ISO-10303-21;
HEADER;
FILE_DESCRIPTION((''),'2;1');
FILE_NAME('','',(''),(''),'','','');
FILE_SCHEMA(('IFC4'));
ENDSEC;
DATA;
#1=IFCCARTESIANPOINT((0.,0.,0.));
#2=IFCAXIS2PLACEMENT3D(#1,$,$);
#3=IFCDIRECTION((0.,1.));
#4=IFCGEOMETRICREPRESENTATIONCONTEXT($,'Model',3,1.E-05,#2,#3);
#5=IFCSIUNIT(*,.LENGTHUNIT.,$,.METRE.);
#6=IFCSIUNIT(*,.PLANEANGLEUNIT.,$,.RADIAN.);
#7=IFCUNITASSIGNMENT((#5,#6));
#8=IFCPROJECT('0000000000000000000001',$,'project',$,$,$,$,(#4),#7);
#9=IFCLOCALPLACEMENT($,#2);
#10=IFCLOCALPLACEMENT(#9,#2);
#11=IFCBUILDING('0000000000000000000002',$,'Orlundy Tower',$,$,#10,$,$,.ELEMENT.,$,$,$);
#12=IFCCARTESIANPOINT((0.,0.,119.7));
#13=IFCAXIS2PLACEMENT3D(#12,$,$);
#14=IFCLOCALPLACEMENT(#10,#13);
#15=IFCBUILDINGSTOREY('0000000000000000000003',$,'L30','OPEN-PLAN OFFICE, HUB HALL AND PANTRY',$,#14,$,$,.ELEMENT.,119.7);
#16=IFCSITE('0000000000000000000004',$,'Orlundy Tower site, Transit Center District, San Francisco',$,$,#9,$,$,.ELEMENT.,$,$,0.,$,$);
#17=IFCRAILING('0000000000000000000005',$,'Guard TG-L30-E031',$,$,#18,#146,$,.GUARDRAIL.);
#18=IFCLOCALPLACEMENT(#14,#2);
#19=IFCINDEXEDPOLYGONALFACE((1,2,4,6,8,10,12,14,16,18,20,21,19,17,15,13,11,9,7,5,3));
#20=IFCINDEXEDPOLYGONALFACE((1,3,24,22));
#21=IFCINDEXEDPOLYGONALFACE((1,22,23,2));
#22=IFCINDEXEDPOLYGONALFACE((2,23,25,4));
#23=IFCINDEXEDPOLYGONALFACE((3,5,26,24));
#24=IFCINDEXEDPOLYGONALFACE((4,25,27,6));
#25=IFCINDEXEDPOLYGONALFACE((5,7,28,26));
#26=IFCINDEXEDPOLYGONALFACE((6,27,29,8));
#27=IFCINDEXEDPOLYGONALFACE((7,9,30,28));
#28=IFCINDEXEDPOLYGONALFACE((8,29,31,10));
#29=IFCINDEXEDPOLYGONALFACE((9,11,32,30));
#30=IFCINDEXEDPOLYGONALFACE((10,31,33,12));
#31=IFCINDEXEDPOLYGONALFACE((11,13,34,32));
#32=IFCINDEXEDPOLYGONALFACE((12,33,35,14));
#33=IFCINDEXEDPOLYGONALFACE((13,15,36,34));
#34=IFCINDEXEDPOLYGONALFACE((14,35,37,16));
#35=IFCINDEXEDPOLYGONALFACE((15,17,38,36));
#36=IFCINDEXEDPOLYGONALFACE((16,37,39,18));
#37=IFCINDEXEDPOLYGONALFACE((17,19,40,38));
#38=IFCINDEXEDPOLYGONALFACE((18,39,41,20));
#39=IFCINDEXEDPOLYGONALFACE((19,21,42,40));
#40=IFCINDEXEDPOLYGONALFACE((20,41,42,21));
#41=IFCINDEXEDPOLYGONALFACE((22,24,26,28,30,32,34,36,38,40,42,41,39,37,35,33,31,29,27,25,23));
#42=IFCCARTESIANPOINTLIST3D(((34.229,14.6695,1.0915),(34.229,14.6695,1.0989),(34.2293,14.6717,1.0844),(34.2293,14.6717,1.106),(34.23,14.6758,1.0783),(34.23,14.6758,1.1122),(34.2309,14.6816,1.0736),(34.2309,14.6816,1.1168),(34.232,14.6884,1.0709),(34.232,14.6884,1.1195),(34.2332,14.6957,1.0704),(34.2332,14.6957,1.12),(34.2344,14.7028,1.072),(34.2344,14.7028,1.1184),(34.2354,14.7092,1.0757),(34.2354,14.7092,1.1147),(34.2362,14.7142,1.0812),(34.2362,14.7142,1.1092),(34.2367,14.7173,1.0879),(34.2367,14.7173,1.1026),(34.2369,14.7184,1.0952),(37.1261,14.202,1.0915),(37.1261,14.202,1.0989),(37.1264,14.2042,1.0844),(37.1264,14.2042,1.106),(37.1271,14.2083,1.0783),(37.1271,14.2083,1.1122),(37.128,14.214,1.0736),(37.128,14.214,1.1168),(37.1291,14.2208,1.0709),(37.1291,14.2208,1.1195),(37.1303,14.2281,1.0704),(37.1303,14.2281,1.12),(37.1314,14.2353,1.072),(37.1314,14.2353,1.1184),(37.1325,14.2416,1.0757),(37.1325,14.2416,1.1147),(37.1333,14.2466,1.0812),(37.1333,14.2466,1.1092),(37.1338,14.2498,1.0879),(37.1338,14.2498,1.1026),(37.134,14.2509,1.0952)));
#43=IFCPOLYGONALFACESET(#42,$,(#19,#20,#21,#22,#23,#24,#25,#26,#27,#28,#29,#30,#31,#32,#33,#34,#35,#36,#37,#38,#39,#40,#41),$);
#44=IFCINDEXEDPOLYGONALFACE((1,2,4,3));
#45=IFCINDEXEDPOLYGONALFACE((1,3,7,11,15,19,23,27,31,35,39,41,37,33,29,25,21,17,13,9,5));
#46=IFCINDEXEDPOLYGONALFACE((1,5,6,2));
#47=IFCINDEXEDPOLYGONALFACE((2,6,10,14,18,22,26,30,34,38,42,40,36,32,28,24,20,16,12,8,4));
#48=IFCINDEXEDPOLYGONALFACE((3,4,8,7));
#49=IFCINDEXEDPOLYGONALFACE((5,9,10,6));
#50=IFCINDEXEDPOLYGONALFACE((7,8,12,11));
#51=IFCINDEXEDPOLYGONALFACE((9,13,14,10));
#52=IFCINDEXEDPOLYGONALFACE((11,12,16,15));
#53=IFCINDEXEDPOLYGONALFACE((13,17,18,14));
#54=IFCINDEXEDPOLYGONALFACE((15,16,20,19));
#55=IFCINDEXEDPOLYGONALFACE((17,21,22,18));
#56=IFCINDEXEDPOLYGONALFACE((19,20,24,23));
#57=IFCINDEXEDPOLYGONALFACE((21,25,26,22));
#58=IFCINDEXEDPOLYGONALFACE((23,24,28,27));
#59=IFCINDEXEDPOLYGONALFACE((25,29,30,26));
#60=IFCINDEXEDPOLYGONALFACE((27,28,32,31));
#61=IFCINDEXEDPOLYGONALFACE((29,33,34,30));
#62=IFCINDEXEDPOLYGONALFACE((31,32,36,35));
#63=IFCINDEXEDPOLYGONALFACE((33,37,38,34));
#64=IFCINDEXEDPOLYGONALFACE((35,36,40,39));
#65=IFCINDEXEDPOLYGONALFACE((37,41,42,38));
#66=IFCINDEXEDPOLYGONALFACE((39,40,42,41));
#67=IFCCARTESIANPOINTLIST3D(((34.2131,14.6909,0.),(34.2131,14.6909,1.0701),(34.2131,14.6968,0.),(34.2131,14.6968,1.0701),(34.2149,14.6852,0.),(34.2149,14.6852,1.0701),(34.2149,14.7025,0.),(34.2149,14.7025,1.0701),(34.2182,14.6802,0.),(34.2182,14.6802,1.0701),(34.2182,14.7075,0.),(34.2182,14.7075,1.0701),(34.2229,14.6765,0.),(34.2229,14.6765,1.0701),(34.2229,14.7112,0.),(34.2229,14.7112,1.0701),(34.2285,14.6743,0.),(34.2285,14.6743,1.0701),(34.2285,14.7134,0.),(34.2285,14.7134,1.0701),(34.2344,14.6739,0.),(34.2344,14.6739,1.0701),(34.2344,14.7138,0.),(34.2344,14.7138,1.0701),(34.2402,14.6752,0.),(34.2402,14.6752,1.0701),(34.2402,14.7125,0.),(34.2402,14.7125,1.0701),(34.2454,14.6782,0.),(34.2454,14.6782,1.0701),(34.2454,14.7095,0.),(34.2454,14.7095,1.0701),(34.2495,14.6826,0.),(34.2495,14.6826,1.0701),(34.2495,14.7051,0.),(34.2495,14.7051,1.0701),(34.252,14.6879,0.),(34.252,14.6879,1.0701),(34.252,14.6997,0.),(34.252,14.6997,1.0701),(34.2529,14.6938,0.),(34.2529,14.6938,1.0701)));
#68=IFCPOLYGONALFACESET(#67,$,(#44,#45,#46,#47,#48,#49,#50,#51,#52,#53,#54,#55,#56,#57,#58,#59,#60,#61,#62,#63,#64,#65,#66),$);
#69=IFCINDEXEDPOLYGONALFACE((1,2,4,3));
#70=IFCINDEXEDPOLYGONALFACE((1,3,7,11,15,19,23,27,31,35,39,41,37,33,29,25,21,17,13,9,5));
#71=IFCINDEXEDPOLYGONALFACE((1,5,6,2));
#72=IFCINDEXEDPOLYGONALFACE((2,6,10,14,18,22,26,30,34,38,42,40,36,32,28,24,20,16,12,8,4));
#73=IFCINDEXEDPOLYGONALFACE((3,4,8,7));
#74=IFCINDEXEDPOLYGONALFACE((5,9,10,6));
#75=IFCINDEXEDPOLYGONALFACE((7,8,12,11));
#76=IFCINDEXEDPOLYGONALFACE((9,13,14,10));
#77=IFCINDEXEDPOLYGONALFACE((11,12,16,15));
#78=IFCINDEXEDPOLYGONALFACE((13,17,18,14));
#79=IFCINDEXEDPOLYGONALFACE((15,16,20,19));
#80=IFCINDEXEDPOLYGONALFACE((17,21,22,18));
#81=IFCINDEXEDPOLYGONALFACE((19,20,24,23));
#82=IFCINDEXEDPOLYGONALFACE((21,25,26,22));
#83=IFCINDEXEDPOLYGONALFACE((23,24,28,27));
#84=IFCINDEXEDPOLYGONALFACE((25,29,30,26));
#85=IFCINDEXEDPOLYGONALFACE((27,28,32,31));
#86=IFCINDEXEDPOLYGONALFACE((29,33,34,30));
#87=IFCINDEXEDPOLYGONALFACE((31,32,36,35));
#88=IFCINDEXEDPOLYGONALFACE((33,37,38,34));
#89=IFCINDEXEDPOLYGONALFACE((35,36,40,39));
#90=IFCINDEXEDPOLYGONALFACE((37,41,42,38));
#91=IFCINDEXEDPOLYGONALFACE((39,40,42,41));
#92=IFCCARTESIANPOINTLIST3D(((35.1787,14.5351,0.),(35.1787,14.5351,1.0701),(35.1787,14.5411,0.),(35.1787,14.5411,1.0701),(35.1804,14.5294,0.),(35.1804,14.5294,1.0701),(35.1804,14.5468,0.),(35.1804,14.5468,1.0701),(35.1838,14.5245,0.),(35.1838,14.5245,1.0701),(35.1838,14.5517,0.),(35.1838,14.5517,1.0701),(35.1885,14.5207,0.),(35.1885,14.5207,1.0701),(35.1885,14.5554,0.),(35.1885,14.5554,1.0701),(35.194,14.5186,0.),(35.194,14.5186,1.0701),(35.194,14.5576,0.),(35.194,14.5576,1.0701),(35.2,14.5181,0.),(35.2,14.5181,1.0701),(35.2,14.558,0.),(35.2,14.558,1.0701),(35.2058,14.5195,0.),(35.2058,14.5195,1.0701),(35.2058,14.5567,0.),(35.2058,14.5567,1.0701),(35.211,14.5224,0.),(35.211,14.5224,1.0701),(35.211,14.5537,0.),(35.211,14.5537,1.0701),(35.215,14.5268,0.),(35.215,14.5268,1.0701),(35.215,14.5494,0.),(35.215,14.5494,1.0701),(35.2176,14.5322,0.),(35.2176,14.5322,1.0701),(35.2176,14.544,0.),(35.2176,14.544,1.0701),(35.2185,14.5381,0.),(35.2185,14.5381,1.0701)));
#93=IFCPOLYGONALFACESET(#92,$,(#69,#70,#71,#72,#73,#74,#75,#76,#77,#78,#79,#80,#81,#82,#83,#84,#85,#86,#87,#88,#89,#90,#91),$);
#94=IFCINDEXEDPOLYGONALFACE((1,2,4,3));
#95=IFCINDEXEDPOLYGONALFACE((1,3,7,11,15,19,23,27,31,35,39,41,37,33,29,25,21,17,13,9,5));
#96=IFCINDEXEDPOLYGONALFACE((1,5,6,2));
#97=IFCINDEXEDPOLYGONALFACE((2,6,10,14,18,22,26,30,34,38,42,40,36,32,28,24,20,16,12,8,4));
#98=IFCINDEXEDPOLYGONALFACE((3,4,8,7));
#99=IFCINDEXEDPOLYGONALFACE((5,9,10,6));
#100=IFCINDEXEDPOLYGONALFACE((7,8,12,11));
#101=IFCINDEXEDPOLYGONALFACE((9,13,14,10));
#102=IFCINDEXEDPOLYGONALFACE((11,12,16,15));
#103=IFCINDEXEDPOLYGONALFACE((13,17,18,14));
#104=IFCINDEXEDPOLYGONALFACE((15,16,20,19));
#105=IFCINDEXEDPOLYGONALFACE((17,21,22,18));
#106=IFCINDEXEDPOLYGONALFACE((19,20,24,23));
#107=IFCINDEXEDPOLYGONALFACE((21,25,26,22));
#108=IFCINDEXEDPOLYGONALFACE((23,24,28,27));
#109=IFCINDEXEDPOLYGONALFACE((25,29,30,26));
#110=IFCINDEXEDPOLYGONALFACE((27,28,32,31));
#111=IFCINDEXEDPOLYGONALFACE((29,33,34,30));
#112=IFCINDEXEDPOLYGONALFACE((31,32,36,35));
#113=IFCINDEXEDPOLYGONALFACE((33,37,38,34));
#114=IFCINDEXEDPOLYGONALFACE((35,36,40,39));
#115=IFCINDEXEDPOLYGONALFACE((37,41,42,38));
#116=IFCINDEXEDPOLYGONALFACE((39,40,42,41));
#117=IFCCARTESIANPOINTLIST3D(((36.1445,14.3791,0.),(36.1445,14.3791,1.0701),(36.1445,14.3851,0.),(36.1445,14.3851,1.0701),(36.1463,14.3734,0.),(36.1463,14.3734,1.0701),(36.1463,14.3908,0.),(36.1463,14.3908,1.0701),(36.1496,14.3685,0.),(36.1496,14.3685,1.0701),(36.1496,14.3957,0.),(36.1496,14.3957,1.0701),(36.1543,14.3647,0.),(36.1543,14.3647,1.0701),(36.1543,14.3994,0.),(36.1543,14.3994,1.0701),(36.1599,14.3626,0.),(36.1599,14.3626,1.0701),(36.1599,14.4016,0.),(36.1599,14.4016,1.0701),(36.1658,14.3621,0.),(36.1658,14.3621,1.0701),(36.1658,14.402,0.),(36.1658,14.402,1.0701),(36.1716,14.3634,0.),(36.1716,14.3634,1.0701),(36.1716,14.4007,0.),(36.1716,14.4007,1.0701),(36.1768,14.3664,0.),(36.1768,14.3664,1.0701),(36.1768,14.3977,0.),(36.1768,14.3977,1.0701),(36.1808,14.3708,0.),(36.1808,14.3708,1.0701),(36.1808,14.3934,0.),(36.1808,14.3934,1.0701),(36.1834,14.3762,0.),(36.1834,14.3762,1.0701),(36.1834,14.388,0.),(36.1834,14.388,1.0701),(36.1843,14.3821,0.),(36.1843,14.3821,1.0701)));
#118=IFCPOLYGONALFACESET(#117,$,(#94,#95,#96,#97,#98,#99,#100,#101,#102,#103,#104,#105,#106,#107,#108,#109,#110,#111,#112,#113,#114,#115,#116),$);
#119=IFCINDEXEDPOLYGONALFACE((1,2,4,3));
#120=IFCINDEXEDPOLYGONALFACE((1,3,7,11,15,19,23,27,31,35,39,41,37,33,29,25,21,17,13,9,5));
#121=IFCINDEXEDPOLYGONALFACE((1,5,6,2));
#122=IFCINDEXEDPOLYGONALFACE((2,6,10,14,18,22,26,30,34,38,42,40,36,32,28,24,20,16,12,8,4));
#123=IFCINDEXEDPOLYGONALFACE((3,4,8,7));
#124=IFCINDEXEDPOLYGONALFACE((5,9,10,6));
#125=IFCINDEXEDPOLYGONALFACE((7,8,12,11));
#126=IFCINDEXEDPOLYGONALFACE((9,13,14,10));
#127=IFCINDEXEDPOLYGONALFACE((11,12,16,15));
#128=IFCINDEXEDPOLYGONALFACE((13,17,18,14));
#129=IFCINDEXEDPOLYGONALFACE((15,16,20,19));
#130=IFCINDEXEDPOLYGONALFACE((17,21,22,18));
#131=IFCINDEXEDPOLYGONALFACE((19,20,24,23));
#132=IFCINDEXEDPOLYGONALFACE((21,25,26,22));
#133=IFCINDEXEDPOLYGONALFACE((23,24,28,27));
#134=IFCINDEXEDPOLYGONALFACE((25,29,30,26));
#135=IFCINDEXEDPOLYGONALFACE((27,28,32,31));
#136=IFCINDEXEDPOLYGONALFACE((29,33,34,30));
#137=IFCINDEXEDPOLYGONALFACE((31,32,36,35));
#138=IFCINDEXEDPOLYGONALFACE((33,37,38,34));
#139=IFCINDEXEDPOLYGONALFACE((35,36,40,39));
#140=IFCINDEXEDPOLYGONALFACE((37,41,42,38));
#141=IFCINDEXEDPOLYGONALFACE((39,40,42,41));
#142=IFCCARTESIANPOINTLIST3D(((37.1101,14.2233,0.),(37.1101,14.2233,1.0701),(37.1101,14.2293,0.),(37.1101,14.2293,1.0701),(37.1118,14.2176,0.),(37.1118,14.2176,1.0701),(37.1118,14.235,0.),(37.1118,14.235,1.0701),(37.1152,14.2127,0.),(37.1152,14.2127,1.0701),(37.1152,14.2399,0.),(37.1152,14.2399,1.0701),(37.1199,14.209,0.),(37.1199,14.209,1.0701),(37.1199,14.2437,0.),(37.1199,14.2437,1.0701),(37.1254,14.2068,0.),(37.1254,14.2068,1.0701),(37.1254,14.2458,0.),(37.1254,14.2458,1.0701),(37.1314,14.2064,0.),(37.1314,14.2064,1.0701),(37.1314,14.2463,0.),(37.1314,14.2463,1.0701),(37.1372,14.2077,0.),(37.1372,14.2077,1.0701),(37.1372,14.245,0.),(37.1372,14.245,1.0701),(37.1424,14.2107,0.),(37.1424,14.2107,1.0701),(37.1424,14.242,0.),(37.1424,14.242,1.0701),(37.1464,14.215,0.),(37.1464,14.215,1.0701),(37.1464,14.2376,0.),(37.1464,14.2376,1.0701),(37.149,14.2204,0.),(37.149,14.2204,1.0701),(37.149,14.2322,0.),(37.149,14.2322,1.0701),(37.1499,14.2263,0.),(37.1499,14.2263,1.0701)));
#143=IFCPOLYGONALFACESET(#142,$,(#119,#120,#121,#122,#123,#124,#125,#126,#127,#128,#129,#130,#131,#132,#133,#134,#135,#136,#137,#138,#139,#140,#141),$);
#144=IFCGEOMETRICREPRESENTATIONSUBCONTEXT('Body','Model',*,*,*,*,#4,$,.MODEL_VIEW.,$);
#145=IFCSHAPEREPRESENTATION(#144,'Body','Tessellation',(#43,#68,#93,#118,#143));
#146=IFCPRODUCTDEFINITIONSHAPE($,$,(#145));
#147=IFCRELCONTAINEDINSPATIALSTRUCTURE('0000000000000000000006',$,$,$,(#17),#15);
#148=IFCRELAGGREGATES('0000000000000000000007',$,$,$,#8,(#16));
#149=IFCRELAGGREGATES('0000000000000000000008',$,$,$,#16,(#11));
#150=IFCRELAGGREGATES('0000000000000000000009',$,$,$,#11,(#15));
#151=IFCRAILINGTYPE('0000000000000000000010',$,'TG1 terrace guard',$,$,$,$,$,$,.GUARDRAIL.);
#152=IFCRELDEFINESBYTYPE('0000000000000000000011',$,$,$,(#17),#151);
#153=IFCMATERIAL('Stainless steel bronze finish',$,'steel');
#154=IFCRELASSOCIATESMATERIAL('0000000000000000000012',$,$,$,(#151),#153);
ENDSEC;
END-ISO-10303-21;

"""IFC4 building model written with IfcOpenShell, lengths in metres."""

from ifc_helpers import new_model, si_unit, direction, frame, origin, origin_2d, place, context, subcontext, project, spatial, circle, extrude, material, type_object, element, save


model = new_model("IFC4")

# Units and contexts
model_context = context("Model", 3, precision=1e-05, world=origin(), true_north=direction((0.0, 1.0)))
body_context = subcontext(model_context, "Body", "Model", "MODEL_VIEW")
ifc_project = project(units=[si_unit("LENGTHUNIT", "METRE"), si_unit("PLANEANGLEUNIT", "RADIAN")], contexts=[model_context])

# Site, building, storey
site_placement = place(None, origin())
site = spatial("IfcSite", under=ifc_project, at=site_placement, Name="Orlundy Tower site, Transit Center District, San Francisco", CompositionType="ELEMENT", RefElevation=0.0)
building_placement = place(site_placement, origin())
building = spatial("IfcBuilding", under=site, at=building_placement, Name="Orlundy Tower", CompositionType="ELEMENT")
storey_placement = place(building_placement, frame((0.0, 0.0, 119.7)))
storey = spatial("IfcBuildingStorey", under=building, at=storey_placement, Name="L30", Description="OPEN-PLAN OFFICE, HUB HALL AND PANTRY", CompositionType="ELEMENT", Elevation=119.7)

# Railing
ifc_material_1 = material(Name="Stainless steel bronze finish", Category="steel")
railing_type = type_object("IfcRailingType", Name="TG1 terrace guard", PredefinedType="GUARDRAIL", material=ifc_material_1)
railing_1_placement = place(storey_placement, frame((34.2329, 14.6938, 0.0)))
element("IfcRailing", 1, at=railing_1_placement, inside=storey, type_object=railing_type, Name="Guard TG-L30-E031", PredefinedType="GUARDRAIL", context=body_context, shape_type="SweptSolid", body=[
    extrude(circle(Radius=0.0249, at=origin_2d()), frame((0.0, 0.0, 1.0952), z_axis=(0.987226, -0.159324, 0.0), x_axis=(0.159324, 0.987226, 0.0)), (0.0, 0.0, 1.0), 2.9346),
    extrude(circle(Radius=0.02, at=origin_2d()), origin(), (0.0, 0.0, 1.0), 1.0701),
    extrude(circle(Radius=0.02, at=origin_2d()), frame((0.9656, -0.1558, 0.0)), (0.0, 0.0, 1.0), 1.0701),
    extrude(circle(Radius=0.02, at=origin_2d()), frame((1.9314, -0.3118, 0.0)), (0.0, 0.0, 1.0), 1.0701),
    extrude(circle(Radius=0.02, at=origin_2d()), frame((2.897, -0.4675, 0.0)), (0.0, 0.0, 1.0), 1.0701),
])

save(model, "model.ifc")
